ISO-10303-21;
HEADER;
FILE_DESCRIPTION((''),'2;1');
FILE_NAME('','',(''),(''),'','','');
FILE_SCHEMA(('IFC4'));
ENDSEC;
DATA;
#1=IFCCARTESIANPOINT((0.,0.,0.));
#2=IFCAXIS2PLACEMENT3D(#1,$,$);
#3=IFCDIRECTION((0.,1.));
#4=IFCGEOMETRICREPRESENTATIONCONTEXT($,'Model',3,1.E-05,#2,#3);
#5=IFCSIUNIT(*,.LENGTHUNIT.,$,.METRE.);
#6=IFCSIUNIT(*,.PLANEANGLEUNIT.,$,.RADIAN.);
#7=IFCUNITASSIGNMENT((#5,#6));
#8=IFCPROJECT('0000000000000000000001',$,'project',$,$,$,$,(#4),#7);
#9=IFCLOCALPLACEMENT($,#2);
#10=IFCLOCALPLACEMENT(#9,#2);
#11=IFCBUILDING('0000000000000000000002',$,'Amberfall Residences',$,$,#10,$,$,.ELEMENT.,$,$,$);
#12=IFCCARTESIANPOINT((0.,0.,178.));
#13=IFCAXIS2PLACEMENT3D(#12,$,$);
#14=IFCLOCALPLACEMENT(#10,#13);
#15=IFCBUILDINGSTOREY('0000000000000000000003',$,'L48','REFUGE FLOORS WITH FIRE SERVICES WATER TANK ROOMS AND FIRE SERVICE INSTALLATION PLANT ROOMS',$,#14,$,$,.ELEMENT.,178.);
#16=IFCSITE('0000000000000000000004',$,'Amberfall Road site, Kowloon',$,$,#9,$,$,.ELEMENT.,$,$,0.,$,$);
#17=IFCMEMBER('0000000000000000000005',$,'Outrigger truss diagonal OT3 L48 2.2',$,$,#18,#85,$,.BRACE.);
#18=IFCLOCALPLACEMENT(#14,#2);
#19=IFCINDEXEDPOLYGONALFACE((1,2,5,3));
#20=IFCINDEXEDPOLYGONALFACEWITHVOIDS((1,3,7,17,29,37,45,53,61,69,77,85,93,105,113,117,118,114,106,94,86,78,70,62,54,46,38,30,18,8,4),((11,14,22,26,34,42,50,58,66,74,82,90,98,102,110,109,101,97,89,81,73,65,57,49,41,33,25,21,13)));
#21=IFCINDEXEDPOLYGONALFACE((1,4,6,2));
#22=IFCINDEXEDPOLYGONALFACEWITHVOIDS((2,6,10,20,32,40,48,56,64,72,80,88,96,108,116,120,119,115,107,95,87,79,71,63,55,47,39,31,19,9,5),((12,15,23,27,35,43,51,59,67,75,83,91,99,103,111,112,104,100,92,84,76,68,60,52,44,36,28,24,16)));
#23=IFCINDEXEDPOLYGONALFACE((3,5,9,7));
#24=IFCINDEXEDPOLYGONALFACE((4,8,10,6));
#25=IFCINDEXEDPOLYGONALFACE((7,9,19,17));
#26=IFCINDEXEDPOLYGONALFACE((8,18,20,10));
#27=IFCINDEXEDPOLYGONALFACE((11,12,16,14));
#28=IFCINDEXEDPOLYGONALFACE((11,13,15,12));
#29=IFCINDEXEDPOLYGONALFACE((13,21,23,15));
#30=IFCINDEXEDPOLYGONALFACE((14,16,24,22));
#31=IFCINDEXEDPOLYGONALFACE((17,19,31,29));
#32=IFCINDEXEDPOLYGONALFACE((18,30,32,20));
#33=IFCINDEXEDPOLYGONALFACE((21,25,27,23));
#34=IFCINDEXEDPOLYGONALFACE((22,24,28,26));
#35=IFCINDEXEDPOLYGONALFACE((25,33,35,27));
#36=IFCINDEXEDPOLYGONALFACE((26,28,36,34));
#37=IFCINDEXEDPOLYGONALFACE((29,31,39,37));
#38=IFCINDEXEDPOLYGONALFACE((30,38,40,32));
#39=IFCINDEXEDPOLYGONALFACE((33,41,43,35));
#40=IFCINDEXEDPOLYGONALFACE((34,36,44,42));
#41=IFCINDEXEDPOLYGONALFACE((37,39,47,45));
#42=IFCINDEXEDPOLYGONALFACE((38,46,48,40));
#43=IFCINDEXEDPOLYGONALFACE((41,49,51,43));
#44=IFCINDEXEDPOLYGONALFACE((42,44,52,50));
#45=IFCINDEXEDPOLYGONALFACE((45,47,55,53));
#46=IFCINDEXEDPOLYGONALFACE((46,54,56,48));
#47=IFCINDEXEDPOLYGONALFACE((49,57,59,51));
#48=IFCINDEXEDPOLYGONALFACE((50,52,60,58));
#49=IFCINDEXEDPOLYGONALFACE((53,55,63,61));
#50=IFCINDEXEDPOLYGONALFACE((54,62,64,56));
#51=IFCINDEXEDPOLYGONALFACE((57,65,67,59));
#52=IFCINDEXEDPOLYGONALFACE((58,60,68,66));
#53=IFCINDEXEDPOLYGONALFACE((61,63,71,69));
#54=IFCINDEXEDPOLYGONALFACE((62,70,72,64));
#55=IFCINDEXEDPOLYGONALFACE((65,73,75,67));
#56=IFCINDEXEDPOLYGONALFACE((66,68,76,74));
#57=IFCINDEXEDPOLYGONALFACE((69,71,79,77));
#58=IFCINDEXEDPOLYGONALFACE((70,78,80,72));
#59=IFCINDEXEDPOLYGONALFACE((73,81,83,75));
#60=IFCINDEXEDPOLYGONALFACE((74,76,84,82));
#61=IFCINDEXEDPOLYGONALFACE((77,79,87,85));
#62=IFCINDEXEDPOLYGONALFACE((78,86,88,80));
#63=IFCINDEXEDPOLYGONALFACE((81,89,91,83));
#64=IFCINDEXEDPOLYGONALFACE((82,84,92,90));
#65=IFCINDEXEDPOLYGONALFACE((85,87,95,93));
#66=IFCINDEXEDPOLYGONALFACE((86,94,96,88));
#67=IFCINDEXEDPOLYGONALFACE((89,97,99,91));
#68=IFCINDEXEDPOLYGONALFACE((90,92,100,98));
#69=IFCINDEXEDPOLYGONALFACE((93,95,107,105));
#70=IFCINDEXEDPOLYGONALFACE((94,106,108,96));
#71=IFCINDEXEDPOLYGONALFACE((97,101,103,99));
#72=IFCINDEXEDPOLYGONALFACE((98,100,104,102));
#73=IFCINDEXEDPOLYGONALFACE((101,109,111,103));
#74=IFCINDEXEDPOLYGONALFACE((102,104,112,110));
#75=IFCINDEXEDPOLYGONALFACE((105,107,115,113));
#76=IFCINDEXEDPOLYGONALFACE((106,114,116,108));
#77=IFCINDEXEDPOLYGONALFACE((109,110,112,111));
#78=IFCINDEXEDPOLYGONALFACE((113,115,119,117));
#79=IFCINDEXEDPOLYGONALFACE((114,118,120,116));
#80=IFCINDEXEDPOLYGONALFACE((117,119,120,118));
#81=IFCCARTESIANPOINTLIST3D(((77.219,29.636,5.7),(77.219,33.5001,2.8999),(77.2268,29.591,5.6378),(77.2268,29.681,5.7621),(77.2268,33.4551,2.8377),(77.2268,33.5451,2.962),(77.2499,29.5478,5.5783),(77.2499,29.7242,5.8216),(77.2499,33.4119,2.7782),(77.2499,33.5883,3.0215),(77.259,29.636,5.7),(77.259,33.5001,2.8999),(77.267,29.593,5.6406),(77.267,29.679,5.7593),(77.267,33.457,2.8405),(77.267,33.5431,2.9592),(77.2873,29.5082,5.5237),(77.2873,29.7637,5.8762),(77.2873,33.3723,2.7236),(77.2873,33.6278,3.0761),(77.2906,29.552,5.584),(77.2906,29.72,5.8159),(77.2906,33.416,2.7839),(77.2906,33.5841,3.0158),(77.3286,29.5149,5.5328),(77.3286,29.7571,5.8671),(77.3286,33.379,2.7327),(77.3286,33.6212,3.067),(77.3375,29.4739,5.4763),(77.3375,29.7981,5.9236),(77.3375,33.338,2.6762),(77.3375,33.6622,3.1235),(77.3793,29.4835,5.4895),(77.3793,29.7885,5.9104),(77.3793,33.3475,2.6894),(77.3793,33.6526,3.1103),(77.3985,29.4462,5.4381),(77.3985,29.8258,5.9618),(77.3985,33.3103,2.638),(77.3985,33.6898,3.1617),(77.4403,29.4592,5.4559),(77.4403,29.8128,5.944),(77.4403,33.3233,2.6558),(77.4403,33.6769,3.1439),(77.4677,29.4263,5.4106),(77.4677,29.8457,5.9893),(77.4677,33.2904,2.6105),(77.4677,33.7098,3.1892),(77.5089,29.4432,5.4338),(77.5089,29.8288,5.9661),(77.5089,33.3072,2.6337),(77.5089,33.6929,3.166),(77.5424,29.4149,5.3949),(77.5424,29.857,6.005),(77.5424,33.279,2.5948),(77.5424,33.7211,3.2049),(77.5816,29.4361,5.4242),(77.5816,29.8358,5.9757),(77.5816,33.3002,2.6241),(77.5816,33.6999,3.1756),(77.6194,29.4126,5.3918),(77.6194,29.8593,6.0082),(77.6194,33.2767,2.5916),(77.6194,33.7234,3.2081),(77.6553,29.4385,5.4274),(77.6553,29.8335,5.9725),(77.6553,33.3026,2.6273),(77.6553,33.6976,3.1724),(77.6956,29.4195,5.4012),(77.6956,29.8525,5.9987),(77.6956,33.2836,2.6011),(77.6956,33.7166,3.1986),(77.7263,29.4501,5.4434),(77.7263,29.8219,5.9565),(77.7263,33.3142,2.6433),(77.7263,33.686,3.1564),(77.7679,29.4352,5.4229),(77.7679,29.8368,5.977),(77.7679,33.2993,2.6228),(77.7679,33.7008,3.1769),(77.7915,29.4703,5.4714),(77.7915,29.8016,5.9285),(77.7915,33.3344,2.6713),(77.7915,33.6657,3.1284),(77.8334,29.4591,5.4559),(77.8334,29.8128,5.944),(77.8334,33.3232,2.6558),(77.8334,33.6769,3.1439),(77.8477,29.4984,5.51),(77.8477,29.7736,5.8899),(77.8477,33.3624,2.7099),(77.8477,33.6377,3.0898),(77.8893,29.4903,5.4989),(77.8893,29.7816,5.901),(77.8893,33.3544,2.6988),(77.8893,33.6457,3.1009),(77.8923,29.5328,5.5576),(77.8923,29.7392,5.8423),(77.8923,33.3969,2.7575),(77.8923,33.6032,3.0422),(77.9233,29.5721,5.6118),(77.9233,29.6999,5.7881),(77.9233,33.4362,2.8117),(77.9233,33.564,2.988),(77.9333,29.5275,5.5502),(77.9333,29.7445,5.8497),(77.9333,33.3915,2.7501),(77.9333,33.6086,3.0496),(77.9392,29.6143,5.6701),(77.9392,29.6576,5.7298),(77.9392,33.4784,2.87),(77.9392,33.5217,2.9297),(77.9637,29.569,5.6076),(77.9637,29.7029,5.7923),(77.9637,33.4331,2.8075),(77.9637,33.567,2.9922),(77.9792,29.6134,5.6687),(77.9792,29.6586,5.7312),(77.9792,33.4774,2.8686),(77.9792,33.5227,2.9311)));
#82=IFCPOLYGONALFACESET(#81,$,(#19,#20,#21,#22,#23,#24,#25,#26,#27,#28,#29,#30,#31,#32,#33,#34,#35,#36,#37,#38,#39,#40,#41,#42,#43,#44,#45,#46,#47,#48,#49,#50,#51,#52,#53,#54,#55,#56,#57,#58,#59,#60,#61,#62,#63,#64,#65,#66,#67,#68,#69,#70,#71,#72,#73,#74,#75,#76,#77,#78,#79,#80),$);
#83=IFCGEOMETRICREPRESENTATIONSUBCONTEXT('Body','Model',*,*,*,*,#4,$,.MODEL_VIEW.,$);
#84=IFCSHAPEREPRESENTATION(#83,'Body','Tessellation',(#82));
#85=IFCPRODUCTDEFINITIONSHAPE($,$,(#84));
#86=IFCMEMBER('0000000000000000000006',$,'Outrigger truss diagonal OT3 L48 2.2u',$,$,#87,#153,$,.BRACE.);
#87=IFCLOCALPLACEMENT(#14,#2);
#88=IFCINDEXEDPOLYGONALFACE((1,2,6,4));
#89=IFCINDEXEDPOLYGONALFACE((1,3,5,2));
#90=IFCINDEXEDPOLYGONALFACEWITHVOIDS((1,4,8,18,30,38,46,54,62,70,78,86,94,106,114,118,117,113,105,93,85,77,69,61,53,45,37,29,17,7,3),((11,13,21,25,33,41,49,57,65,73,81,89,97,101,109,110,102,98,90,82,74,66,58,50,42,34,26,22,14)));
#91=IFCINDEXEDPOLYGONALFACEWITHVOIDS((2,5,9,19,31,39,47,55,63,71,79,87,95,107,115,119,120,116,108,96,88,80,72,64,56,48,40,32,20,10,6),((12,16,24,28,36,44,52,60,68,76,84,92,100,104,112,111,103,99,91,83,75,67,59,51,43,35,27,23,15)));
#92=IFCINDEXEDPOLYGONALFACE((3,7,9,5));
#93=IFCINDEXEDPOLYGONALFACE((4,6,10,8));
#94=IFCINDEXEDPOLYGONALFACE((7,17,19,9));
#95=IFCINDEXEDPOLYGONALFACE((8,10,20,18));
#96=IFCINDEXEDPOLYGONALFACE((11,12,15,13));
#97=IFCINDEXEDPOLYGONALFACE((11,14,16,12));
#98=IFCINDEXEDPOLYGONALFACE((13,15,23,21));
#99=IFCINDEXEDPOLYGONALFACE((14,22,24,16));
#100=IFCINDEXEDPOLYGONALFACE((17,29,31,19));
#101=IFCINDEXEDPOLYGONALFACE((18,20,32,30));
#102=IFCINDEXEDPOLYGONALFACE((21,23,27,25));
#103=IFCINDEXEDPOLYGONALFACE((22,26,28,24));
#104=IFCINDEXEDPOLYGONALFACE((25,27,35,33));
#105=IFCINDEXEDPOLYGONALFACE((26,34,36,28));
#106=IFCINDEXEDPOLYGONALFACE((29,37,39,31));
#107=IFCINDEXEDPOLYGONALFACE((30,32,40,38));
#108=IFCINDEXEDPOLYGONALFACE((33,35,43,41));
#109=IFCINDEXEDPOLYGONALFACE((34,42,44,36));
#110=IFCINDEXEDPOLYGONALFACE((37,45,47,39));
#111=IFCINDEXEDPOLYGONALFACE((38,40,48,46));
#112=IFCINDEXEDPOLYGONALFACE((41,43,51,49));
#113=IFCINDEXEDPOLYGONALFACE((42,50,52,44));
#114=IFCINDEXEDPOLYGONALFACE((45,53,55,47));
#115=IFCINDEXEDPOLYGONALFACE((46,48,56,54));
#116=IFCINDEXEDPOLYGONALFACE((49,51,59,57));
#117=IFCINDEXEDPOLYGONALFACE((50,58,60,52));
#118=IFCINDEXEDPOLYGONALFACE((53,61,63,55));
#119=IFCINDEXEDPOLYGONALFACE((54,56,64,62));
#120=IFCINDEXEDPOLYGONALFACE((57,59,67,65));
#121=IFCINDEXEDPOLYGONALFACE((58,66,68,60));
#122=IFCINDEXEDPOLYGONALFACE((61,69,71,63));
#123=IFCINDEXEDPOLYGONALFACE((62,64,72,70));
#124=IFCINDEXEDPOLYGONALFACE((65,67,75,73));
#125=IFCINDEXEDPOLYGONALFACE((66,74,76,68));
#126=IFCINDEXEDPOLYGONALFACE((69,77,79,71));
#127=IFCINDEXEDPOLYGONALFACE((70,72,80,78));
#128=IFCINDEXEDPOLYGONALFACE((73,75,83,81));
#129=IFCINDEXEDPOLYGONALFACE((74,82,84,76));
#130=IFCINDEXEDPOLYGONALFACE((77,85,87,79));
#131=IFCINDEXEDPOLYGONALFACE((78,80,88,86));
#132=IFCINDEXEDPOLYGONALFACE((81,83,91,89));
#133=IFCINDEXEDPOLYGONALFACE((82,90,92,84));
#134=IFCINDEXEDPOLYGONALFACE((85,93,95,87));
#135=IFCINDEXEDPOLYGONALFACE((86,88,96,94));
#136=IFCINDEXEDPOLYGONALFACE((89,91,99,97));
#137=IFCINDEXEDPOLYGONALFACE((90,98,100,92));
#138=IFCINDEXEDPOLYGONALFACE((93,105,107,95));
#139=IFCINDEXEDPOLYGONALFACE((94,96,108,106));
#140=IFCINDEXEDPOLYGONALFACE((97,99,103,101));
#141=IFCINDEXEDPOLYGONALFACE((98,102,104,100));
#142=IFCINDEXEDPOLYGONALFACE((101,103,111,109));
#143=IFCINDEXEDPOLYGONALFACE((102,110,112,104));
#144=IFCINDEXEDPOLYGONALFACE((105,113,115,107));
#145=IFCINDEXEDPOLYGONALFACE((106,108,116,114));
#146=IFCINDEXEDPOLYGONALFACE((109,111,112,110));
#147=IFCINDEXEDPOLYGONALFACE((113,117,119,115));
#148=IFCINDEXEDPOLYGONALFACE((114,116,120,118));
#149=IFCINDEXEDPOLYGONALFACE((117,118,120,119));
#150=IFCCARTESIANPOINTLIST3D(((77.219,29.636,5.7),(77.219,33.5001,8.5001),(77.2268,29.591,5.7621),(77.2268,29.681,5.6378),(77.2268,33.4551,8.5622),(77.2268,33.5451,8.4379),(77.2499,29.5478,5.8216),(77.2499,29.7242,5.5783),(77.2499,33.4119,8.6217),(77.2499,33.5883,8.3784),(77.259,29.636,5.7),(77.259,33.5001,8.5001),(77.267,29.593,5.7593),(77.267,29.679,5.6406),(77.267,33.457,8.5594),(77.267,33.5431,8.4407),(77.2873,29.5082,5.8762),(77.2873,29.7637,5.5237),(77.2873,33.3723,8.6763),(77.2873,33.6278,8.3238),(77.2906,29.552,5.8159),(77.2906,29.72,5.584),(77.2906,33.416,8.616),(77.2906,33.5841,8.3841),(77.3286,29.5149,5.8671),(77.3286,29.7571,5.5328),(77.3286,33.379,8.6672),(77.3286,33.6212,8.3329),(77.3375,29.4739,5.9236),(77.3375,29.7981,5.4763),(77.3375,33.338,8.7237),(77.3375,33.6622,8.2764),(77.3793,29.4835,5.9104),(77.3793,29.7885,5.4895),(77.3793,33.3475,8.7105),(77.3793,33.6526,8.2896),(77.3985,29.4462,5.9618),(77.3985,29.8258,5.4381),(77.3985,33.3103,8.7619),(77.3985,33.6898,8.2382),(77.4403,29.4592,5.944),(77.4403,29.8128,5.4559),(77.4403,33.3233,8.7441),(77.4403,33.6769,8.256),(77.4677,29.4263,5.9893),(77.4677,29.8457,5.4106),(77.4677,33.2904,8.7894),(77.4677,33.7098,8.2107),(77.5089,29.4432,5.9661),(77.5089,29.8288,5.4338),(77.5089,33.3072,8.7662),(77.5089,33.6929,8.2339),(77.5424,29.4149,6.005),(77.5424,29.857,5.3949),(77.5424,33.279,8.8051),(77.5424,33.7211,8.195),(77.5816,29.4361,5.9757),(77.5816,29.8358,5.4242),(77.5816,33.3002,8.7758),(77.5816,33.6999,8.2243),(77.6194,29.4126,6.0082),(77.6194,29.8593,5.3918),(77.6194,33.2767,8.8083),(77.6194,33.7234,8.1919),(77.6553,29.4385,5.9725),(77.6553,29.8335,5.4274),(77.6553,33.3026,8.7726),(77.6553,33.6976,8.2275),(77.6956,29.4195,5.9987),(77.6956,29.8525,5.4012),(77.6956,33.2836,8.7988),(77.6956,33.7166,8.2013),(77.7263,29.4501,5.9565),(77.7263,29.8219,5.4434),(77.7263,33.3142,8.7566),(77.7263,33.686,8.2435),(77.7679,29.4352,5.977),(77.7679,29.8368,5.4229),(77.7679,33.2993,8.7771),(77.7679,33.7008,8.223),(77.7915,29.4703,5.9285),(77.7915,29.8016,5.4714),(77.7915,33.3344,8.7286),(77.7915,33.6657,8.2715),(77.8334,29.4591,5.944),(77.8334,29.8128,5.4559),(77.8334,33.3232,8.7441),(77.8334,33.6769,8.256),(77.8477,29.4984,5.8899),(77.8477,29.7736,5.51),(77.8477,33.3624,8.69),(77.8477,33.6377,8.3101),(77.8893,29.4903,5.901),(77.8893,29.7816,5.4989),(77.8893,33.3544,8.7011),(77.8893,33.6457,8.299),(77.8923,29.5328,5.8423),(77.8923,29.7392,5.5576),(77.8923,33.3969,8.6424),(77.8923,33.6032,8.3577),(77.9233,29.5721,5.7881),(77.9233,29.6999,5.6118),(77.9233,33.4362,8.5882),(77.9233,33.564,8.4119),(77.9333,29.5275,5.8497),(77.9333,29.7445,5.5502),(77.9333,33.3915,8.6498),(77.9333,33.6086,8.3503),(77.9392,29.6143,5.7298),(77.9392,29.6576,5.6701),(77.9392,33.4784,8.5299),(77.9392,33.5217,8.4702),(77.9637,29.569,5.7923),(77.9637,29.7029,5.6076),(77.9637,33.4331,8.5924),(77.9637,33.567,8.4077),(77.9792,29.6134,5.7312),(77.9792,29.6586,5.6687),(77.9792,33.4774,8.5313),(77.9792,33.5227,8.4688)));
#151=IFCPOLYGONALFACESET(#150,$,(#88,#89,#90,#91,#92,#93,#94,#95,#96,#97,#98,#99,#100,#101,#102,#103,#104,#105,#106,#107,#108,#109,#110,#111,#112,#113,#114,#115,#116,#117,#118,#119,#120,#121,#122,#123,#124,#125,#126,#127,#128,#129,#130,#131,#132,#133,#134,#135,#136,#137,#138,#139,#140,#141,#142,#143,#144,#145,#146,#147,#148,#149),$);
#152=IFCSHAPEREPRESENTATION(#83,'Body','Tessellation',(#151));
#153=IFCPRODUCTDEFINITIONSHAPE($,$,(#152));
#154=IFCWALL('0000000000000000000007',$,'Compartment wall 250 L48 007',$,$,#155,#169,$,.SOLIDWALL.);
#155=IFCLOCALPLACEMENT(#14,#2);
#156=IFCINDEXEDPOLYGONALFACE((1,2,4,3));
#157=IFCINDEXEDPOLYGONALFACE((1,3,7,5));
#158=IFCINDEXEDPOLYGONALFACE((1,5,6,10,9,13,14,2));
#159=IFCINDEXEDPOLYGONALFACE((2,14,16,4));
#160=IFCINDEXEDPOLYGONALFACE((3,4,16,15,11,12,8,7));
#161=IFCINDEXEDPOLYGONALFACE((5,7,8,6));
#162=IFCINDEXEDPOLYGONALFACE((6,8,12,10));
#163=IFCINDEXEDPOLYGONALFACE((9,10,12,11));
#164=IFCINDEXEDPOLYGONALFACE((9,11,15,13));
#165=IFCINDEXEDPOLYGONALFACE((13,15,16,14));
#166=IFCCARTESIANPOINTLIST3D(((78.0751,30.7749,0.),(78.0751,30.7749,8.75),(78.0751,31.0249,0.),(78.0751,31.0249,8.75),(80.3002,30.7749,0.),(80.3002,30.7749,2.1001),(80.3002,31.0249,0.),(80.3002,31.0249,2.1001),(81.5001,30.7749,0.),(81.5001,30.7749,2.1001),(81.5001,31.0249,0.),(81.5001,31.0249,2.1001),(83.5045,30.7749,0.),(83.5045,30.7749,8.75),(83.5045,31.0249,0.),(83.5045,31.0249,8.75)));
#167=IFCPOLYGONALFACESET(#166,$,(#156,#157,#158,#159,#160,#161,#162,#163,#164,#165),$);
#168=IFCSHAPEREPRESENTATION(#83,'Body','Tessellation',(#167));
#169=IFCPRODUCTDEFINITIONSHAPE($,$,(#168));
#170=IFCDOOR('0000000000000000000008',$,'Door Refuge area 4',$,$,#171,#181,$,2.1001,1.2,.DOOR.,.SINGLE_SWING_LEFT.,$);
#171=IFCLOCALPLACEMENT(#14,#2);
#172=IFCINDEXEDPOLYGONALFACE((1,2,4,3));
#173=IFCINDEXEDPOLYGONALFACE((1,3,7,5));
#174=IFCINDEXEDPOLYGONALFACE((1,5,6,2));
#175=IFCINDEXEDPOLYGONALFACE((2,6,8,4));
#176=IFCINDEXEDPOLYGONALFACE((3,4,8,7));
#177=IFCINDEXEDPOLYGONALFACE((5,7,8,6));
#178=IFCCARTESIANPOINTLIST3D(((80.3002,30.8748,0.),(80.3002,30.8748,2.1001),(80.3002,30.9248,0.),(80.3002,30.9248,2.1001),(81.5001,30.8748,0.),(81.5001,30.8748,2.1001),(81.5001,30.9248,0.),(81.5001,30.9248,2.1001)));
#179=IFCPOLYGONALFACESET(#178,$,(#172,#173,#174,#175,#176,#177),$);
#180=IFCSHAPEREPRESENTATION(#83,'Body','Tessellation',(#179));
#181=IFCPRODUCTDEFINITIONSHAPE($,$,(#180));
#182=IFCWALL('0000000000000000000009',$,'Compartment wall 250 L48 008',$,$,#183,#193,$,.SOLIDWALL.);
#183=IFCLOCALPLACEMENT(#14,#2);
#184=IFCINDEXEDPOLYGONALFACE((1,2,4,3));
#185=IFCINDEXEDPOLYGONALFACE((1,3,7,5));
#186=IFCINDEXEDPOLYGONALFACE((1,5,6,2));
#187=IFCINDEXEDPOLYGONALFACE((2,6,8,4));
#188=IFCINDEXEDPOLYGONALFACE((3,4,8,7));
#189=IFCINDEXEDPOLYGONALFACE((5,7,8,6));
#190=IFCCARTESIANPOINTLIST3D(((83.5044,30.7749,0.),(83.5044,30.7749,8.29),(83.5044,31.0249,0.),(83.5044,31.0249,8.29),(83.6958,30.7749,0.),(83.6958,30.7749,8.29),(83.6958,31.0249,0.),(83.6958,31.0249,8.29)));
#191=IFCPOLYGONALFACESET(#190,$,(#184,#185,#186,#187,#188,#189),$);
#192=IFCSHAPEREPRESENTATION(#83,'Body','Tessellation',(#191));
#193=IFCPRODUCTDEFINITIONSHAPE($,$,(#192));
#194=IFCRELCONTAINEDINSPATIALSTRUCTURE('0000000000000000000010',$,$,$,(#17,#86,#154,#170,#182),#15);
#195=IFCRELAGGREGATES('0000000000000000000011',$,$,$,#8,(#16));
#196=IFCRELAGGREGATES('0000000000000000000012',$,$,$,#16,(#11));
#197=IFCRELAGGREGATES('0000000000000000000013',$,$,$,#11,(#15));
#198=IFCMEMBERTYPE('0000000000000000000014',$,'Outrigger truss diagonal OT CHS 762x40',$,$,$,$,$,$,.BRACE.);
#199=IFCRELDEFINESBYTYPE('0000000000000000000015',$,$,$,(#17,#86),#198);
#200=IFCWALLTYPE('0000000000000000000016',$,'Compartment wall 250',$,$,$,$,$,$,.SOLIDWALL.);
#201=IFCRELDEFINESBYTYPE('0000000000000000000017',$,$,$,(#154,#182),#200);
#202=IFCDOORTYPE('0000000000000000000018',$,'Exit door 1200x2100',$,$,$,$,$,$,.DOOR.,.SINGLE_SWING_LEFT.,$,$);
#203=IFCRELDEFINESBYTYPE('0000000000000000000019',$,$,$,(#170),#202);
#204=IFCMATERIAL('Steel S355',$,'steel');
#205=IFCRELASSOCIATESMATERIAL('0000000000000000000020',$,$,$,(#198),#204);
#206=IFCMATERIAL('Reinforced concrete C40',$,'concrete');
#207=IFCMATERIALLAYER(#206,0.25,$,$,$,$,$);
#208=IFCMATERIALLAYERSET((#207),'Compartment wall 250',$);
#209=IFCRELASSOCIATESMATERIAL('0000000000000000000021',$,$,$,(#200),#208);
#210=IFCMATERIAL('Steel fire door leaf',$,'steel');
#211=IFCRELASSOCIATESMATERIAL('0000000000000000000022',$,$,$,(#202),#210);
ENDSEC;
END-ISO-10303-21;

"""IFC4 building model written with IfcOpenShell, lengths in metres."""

from ifc_helpers import new_model, si_unit, direction, frame, frame_2d, origin, origin_2d, place, context, subcontext, project, spatial, rectangle, hollow_circle, extrude, material, layer, layer_set, material_profile, profile_set, type_object, element, fill, save


model = new_model("IFC4")

# Units and contexts
model_context = context("Model", 3, precision=1e-05, world=origin(), true_north=direction((0.0, 1.0)))
body_context = subcontext(model_context, "Body", "Model", "MODEL_VIEW")
ifc_project = project(units=[si_unit("LENGTHUNIT", "METRE"), si_unit("PLANEANGLEUNIT", "RADIAN")], contexts=[model_context])

# Site, building, storey
site_placement = place(None, origin())
site = spatial("IfcSite", under=ifc_project, at=site_placement, Name="Amberfall Road site, Kowloon", CompositionType="ELEMENT", RefElevation=0.0)
building_placement = place(site_placement, origin())
building = spatial("IfcBuilding", under=site, at=building_placement, Name="Amberfall Residences", CompositionType="ELEMENT")
storey_placement = place(building_placement, frame((0.0, 0.0, 178.0)))
storey = spatial("IfcBuildingStorey", under=building, at=storey_placement, Name="L48", Description="REFUGE FLOORS WITH FIRE SERVICES WATER TANK ROOMS AND FIRE SERVICE INSTALLATION PLANT ROOMS", CompositionType="ELEMENT", Elevation=178.0)

# Shared definitions
ifc_material_1 = material(Name="Steel S355", Category="steel")

# Members
ifc_material_profile_1 = material_profile(ifc_material_1, hollow_circle(Radius=0.3811, WallThickness=0.04, at=origin_2d()), Name="CHS 762x40")
ifc_profile_set_1 = profile_set([ifc_material_profile_1], Name="Steel S355")
member_type_1 = type_object("IfcMemberType", Name="Outrigger truss diagonal OT CHS 762x40", PredefinedType="BRACE", material=ifc_profile_set_1)
for number, where, z_axis, x_axis, name in (
    (1, (77.6001, 29.636, 5.7), (0.0, 0.809746, -0.586781), (-1.0, 0.0, 0.0), "Outrigger truss diagonal OT3 L48 2.2"),
    (2, (77.6001, 29.636, 5.7), (0.0, 0.809746, 0.586781), (-1.0, 0.0, 0.0), "Outrigger truss diagonal OT3 L48 2.2u"),
):
    element("IfcMember", number, at=place(storey_placement, frame(where, z_axis=z_axis, x_axis=x_axis)), inside=storey, type_object=member_type_1, Name=name, PredefinedType="BRACE", context=body_context, shape_type="SweptSolid", body=[
        extrude(hollow_circle(Radius=0.3811, WallThickness=0.04, at=origin_2d()), origin(), (0.0, 0.0, 1.0), 4.772),
    ])

# Wall, opening, door
ifc_material_2 = material(Name="Reinforced concrete C40", Category="concrete")
ifc_layer = layer(ifc_material_2, 0.25)
ifc_layer_set = layer_set([ifc_layer], Name="Compartment wall 250")
wall_type = type_object("IfcWallType", Name="Compartment wall 250", PredefinedType="SOLIDWALL", material=ifc_layer_set)
wall_1_placement = place(storey_placement, frame((78.075, 30.8999, 0.0), z_axis=(0.0, 0.0, 1.0), x_axis=(1.0, 0.0, 0.0)))
wall_1 = element("IfcWall", 3, at=wall_1_placement, inside=storey, type_object=wall_type, Name="Compartment wall 250 L48 007", PredefinedType="SOLIDWALL", context=body_context, shape_type="SweptSolid", body=[
    extrude(rectangle(XDim=5.4294, YDim=0.25, at=frame_2d((2.7148, 0.0))), origin(), (0.0, 0.0, 1.0), 8.75),
])
opening_1_placement = place(wall_1_placement, frame((2.2251, 0.0, 0.0)))
opening_1 = element("IfcOpeningElement", 4, at=opening_1_placement, cuts=wall_1, PredefinedType="OPENING", context=body_context, shape_type="SweptSolid", body=[
    extrude(rectangle(XDim=1.2, YDim=2.1001, at=frame_2d((0.6001, 1.05))), frame((0.0, 0.135, 0.0), z_axis=(0.0, -1.0, 0.0), x_axis=(1.0, 0.0, 0.0)), (0.0, 0.0, 1.0), 0.27),
])
ifc_material_3 = material(Name="Steel fire door leaf", Category="steel")
door_type_1 = type_object("IfcDoorType", Name="Exit door 1200x2100", OperationType="SINGLE_SWING_LEFT", PredefinedType="DOOR", material=ifc_material_3)
door_1_placement = place(opening_1_placement, origin())
door_1 = element("IfcDoor", 5, at=door_1_placement, inside=storey, type_object=door_type_1, Name="Door Refuge area 4", OperationType="SINGLE_SWING_LEFT", OverallHeight=2.1001, OverallWidth=1.2, PredefinedType="DOOR", context=body_context, shape_type="SweptSolid", body=[
    extrude(rectangle(XDim=1.2, YDim=2.1001, at=frame_2d((0.6001, 1.05))), frame((0.0, 0.0249, 0.0), z_axis=(0.0, -1.0, 0.0), x_axis=(1.0, 0.0, 0.0)), (0.0, 0.0, 1.0), 0.05),
])
fill(opening_1, door_1)

# Wall
wall_2_placement = place(storey_placement, frame((83.5044, 30.8999, 0.0), z_axis=(0.0, 0.0, 1.0), x_axis=(1.0, 0.0, 0.0)))
element("IfcWall", 6, at=wall_2_placement, inside=storey, type_object=wall_type, Name="Compartment wall 250 L48 008", PredefinedType="SOLIDWALL", context=body_context, shape_type="SweptSolid", body=[
    extrude(rectangle(XDim=0.1914, YDim=0.25, at=frame_2d((0.0957, 0.0))), origin(), (0.0, 0.0, 1.0), 8.29),
])

save(model, "model.ifc")
